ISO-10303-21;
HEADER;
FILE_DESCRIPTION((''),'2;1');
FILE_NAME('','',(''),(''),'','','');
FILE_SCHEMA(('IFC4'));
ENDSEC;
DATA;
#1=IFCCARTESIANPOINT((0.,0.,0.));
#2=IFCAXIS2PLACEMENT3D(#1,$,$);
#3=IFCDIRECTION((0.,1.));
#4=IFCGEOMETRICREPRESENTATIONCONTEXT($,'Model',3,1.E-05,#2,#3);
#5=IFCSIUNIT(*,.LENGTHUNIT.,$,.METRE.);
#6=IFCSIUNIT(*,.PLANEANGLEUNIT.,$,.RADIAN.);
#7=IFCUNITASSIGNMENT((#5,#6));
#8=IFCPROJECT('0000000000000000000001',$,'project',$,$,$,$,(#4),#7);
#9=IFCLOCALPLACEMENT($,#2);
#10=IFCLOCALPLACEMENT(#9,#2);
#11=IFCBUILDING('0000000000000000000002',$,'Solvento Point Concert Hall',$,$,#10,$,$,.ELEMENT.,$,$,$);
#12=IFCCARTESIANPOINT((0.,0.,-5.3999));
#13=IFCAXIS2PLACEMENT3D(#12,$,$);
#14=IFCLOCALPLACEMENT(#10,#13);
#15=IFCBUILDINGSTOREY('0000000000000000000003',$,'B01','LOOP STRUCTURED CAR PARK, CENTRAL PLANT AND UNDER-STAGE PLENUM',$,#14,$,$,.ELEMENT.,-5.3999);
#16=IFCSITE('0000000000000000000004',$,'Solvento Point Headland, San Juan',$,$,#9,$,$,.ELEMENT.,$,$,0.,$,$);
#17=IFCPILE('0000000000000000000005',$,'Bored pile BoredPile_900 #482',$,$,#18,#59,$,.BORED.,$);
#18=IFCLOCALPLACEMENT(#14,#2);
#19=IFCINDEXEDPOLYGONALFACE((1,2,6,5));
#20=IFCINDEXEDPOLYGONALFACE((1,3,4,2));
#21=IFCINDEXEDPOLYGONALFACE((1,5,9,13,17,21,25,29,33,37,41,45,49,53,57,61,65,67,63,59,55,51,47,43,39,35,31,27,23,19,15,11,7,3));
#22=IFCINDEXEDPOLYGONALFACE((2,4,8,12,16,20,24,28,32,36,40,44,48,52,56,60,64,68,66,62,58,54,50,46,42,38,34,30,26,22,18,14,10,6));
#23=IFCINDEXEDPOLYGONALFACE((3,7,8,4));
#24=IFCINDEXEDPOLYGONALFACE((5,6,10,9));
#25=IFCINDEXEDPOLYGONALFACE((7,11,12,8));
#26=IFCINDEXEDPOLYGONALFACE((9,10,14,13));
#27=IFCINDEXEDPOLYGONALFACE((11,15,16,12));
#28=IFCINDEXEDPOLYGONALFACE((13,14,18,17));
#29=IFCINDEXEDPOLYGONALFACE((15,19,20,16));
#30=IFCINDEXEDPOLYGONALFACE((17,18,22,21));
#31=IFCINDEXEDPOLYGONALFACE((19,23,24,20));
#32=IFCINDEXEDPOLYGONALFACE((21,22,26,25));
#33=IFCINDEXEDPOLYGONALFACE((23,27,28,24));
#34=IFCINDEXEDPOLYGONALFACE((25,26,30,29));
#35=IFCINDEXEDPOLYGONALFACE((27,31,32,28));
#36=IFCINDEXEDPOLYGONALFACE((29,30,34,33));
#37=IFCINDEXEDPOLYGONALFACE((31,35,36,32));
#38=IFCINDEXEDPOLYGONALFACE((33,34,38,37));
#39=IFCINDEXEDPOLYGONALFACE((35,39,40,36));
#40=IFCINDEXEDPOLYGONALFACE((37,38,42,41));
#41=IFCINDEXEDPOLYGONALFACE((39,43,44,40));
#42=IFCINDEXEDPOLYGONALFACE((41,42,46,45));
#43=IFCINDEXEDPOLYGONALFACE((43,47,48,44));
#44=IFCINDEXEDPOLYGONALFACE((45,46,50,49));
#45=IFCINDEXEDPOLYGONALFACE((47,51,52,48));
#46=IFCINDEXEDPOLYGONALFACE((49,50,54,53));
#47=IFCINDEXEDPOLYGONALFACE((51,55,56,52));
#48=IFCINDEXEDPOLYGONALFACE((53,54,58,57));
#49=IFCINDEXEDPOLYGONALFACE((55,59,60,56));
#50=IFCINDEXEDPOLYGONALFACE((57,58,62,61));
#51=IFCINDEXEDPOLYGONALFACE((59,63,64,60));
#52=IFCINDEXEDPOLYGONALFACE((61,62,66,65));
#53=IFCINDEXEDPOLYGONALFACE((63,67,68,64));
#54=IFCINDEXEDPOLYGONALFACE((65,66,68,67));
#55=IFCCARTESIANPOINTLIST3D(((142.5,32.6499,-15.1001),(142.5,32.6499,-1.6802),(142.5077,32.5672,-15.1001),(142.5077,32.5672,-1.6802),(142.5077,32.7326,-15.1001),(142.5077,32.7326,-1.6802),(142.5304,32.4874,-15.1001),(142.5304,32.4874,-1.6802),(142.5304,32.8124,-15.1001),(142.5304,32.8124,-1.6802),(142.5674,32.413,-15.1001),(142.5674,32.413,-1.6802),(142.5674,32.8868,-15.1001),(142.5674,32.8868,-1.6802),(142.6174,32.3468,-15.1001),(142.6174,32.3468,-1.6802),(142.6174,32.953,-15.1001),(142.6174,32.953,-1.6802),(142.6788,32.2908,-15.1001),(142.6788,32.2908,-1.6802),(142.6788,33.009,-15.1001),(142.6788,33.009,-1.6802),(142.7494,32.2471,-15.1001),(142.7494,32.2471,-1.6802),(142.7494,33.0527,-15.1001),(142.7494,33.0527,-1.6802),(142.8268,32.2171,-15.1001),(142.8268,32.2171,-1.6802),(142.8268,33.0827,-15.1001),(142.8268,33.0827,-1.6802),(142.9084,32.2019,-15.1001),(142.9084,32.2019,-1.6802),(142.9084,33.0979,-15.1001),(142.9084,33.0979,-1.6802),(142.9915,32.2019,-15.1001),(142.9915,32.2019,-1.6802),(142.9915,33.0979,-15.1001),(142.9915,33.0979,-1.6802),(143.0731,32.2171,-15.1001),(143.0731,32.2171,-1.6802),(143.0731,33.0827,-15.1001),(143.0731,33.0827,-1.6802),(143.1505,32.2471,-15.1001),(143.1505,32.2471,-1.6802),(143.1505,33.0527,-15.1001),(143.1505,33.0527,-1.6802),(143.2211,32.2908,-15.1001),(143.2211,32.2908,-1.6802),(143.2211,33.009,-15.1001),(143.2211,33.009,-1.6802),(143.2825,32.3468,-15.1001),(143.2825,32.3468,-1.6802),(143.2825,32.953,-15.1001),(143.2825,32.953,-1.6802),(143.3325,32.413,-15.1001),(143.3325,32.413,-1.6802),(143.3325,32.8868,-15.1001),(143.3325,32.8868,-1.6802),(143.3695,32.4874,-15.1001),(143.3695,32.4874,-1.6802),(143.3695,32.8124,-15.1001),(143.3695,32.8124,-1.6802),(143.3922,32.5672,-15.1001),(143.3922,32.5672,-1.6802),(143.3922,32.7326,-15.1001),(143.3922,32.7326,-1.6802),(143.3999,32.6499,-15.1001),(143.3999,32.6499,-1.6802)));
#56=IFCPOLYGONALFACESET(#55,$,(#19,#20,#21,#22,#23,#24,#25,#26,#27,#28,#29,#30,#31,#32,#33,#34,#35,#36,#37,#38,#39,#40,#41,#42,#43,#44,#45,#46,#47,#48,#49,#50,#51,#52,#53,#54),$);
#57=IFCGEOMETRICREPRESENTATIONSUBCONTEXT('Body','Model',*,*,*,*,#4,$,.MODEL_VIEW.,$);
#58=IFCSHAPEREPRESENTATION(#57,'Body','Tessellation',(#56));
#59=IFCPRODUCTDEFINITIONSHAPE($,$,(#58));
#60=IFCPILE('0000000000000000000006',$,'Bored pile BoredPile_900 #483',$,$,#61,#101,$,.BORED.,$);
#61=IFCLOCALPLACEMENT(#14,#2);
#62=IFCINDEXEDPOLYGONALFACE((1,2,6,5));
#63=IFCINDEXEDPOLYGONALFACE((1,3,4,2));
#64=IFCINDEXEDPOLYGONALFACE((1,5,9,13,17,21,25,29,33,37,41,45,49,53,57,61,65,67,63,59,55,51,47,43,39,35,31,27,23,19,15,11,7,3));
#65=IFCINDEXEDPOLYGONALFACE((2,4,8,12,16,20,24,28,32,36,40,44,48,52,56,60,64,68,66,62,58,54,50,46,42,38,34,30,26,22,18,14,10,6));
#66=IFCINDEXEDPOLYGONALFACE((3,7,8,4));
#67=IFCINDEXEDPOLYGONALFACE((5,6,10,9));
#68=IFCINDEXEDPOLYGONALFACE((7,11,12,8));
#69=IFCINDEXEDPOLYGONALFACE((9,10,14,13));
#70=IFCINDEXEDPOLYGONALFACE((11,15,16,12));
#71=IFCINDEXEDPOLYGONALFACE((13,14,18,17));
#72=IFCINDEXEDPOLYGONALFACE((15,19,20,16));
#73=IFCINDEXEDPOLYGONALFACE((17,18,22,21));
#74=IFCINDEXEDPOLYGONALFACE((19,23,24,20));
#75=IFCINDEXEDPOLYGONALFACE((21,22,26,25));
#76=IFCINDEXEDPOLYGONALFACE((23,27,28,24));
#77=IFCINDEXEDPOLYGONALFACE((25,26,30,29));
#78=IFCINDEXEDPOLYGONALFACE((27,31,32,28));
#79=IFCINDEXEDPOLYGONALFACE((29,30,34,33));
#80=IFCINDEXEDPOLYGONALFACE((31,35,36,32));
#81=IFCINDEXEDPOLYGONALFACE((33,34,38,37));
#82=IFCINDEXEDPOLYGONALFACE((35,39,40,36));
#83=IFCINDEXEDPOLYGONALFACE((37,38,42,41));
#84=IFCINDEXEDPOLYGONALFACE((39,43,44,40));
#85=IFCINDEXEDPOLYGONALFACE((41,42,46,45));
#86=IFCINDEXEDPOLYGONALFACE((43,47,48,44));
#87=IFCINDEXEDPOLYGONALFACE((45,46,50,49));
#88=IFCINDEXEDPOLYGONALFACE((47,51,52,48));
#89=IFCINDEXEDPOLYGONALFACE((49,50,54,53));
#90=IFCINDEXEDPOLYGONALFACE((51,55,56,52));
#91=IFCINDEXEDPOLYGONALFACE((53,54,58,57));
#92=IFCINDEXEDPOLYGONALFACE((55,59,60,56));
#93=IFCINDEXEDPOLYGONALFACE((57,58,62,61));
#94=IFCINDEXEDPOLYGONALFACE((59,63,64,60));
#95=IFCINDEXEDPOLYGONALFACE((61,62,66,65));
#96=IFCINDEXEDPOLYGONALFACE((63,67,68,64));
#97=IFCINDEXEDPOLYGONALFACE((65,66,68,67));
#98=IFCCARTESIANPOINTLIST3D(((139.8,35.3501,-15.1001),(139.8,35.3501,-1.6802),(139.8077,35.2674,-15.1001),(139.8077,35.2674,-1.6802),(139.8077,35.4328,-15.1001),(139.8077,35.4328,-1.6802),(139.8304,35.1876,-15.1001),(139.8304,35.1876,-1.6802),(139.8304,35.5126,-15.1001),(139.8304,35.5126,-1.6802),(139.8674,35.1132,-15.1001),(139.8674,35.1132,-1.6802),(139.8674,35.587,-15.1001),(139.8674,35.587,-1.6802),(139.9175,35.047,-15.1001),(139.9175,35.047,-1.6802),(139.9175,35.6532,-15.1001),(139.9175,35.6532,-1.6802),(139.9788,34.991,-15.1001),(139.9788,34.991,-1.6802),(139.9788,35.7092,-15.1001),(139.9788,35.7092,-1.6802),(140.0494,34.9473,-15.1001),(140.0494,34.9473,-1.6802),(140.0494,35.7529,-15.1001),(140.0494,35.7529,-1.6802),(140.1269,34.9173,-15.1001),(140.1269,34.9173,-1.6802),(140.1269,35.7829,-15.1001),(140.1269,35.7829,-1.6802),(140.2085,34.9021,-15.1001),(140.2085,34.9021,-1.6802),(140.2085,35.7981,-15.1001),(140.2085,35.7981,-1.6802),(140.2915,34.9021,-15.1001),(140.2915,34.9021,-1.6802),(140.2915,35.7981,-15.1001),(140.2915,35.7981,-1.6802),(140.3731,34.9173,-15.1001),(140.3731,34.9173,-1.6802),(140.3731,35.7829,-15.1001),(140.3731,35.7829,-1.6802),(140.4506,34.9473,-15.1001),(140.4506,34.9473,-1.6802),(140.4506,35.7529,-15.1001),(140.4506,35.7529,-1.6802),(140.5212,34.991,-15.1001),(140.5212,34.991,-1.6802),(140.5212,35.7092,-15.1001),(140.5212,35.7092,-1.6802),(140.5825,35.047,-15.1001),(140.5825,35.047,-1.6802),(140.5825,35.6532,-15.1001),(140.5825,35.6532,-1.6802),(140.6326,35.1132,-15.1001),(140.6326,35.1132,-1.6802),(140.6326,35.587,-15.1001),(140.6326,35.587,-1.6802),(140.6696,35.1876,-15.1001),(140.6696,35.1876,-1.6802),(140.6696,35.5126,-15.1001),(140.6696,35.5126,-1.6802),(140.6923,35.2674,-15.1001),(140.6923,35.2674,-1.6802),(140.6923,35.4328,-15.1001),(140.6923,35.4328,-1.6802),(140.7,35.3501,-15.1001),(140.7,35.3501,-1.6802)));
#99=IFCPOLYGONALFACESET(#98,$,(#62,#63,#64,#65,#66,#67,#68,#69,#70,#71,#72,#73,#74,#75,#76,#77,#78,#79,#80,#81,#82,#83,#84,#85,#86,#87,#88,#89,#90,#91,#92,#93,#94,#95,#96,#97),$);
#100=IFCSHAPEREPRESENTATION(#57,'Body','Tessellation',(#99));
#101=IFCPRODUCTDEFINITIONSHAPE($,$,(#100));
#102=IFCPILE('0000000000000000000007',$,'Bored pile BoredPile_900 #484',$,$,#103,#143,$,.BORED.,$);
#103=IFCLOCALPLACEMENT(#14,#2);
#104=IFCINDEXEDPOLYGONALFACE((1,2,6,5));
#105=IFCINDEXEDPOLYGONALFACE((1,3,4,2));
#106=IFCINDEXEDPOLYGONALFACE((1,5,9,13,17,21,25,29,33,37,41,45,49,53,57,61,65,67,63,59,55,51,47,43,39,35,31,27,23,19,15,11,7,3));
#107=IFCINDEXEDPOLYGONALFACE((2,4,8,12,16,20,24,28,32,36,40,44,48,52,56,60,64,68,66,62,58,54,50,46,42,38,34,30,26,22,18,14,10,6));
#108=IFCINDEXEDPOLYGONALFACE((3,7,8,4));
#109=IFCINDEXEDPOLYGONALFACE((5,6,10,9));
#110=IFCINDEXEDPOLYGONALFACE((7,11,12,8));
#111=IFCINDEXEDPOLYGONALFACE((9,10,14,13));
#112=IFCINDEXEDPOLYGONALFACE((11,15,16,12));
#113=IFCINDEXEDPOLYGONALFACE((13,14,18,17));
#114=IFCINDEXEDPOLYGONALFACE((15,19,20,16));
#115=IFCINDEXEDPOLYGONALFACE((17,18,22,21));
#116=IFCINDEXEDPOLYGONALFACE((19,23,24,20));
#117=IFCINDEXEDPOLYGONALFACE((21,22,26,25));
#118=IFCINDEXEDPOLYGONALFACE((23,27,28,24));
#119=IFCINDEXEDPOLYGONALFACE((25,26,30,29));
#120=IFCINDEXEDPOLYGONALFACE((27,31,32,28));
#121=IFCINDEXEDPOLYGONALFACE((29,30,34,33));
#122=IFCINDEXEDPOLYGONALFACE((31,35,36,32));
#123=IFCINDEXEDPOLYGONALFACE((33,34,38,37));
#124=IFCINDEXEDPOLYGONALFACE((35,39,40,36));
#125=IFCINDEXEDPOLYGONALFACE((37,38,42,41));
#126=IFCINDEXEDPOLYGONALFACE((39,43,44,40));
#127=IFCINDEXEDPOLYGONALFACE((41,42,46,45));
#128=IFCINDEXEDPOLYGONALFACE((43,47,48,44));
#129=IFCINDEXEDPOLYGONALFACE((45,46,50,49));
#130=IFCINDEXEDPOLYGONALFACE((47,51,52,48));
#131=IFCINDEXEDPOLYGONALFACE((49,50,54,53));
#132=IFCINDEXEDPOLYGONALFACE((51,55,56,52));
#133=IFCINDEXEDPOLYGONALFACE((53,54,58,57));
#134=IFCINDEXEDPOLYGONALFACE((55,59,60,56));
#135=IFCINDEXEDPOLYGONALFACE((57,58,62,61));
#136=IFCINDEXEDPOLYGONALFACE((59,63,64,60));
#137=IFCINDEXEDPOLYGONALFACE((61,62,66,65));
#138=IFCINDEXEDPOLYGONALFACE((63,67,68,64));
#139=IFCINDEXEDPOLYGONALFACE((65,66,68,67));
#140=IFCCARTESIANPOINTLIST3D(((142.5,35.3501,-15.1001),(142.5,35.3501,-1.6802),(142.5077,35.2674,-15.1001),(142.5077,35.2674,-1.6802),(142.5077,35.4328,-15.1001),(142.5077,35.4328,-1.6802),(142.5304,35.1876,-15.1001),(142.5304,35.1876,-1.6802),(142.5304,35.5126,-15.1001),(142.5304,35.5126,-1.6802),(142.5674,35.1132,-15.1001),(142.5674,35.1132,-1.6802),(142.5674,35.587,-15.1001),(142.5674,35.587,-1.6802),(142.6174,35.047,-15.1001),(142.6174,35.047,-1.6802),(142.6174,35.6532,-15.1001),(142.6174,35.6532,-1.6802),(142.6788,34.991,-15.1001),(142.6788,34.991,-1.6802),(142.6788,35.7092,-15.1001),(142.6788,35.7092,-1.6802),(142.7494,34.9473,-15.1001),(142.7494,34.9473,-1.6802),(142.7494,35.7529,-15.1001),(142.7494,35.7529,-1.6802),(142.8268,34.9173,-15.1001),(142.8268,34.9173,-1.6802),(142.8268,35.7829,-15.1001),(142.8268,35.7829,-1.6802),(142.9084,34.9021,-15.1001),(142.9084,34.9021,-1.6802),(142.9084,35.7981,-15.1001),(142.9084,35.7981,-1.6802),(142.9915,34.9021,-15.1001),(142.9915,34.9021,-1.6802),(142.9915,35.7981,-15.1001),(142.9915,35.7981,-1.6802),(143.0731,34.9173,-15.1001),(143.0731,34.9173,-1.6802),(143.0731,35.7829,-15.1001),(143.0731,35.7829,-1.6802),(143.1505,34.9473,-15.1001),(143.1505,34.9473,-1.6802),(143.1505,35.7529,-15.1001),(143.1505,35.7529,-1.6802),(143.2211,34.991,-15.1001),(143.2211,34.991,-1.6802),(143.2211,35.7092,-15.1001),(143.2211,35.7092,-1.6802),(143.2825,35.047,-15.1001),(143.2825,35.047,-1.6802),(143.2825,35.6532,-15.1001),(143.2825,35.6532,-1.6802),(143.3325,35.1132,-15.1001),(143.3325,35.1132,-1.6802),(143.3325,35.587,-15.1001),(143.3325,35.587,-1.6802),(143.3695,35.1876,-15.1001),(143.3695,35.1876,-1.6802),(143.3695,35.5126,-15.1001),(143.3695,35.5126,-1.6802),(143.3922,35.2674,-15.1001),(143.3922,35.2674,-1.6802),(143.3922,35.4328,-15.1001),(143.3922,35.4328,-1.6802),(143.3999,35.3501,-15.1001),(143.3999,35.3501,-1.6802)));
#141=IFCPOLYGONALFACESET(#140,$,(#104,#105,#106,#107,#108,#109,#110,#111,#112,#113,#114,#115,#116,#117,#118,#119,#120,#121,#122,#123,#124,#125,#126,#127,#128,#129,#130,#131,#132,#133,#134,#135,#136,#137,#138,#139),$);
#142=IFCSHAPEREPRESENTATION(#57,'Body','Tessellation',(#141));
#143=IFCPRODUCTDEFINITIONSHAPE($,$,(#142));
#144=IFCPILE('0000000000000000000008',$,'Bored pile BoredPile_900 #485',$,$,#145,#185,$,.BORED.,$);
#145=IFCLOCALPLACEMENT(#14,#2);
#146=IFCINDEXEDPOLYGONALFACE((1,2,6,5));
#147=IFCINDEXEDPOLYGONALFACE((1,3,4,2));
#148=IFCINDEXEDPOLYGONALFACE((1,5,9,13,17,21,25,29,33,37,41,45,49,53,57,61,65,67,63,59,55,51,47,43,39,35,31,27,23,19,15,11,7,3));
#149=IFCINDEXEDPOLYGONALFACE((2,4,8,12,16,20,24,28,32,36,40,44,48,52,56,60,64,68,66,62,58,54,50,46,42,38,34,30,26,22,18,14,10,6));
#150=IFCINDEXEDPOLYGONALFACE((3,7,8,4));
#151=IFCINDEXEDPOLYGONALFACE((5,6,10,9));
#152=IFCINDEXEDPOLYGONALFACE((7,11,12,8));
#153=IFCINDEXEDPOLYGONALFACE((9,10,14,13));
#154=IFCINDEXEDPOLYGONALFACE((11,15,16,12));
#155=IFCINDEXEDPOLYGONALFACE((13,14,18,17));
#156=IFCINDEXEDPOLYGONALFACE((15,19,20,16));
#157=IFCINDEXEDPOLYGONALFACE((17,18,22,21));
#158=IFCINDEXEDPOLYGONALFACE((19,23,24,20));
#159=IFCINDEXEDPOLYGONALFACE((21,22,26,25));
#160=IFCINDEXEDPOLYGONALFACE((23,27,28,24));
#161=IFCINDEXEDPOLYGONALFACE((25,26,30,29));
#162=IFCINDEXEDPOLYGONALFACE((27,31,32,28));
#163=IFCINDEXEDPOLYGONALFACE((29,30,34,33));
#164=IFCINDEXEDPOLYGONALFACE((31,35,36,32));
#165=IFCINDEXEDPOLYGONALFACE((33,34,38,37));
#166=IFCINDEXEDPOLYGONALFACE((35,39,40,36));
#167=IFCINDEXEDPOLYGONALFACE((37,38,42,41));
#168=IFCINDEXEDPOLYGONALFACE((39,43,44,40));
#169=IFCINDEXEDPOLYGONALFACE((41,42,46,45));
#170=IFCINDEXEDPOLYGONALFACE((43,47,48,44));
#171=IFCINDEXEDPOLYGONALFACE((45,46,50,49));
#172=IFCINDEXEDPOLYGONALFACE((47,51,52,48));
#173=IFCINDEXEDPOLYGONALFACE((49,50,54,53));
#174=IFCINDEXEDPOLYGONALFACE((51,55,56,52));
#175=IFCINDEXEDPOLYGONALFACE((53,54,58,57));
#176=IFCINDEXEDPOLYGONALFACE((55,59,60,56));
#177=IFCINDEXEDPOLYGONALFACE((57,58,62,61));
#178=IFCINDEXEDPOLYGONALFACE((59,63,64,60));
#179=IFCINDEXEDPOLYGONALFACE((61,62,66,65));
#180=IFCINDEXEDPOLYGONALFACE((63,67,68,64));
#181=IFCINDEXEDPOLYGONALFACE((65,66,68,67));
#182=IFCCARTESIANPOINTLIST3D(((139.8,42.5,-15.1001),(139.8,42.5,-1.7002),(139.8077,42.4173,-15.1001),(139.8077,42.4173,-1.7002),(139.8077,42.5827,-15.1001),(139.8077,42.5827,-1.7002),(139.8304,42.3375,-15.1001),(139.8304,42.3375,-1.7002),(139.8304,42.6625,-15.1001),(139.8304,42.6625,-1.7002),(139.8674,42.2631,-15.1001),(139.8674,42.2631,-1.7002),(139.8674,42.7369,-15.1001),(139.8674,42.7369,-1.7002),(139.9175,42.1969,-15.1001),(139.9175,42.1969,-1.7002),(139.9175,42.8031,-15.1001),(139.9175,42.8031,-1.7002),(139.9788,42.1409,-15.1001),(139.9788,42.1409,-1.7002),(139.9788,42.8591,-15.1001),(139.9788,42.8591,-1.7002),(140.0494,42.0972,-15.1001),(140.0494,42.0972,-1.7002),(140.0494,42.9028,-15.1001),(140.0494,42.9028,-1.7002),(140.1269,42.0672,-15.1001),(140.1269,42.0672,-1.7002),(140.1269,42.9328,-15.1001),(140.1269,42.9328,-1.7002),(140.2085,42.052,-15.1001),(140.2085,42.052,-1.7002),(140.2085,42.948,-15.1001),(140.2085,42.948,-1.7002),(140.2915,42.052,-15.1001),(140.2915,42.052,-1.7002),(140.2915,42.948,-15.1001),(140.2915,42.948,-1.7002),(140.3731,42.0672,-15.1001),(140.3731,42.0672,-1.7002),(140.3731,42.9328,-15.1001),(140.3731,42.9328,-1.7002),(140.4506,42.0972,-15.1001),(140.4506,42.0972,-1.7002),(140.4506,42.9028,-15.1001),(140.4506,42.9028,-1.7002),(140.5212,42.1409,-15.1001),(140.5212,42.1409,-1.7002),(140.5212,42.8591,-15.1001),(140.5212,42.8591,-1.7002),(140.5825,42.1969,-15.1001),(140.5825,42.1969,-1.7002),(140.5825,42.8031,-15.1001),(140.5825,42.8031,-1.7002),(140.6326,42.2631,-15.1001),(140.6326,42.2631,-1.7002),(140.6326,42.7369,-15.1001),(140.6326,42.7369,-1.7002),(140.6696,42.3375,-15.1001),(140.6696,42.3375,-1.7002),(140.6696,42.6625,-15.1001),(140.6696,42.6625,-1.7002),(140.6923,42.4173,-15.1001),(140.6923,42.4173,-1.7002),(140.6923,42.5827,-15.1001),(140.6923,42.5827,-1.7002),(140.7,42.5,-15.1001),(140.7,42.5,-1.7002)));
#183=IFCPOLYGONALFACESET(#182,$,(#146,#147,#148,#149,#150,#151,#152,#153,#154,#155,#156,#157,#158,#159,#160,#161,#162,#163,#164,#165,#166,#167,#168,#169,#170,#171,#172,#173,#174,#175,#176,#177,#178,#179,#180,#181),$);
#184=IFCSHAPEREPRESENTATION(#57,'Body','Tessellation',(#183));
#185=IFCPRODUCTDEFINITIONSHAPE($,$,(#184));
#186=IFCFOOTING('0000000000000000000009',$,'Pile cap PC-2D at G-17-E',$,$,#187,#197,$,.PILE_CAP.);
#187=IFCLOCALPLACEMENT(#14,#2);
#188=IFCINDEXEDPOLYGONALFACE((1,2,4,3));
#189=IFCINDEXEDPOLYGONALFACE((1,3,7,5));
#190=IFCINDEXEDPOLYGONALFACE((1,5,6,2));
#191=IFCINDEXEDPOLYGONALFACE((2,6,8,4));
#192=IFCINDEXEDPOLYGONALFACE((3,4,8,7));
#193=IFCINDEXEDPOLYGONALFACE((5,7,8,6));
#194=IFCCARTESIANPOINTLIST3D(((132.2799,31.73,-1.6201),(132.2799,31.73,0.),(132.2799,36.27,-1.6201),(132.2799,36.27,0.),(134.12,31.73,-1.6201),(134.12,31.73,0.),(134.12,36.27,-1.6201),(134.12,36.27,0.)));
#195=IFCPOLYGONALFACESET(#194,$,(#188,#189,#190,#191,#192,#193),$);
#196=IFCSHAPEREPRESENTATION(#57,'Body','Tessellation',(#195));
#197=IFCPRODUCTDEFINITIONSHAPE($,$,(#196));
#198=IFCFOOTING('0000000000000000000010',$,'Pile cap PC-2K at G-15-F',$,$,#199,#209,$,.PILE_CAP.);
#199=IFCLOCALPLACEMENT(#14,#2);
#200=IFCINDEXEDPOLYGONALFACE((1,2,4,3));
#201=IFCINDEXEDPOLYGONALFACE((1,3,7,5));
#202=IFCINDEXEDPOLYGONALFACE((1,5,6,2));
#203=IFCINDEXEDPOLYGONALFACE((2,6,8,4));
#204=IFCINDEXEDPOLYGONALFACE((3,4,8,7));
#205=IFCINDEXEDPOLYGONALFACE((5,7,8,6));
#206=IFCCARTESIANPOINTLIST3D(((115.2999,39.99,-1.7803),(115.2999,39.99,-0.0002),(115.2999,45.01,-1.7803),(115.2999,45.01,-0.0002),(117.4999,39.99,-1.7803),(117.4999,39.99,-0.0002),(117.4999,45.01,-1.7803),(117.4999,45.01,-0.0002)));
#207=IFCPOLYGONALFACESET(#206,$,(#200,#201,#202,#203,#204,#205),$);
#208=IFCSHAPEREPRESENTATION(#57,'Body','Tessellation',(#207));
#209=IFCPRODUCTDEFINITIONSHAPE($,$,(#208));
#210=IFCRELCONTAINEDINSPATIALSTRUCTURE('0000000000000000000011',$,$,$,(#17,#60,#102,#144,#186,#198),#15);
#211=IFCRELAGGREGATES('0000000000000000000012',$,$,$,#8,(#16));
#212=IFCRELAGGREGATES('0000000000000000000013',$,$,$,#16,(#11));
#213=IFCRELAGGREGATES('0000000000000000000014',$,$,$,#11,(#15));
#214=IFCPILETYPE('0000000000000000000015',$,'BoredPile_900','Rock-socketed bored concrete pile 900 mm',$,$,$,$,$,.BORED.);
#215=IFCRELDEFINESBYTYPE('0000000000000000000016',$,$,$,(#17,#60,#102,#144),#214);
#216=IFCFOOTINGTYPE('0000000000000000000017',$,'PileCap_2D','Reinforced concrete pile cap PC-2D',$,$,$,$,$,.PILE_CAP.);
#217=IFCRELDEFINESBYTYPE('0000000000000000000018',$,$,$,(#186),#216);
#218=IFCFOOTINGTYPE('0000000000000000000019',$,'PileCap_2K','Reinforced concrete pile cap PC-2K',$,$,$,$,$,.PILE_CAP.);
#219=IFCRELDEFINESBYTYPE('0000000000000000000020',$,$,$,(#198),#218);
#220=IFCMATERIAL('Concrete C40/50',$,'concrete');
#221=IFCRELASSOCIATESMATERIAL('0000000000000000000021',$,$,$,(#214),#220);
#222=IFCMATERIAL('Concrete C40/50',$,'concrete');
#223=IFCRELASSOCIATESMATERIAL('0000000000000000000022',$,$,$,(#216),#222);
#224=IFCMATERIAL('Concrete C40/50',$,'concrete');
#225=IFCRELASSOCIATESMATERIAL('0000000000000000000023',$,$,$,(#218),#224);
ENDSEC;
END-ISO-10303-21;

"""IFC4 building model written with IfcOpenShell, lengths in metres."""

from ifc_helpers import new_model, si_unit, direction, frame, origin, origin_2d, place, context, subcontext, project, spatial, rectangle, circle, extrude, material, material_profile, profile_set, type_object, element, save


model = new_model("IFC4")

# Units and contexts
model_context = context("Model", 3, precision=1e-05, world=origin(), true_north=direction((0.0, 1.0)))
body_context = subcontext(model_context, "Body", "Model", "MODEL_VIEW")
ifc_project = project(units=[si_unit("LENGTHUNIT", "METRE"), si_unit("PLANEANGLEUNIT", "RADIAN")], contexts=[model_context])

# Site, building, storey
site_placement = place(None, origin())
site = spatial("IfcSite", under=ifc_project, at=site_placement, Name="Solvento Point Headland, San Juan", CompositionType="ELEMENT", RefElevation=0.0)
building_placement = place(site_placement, origin())
building = spatial("IfcBuilding", under=site, at=building_placement, Name="Solvento Point Concert Hall", CompositionType="ELEMENT")
storey_placement = place(building_placement, frame((0.0, 0.0, -5.3999)))
storey = spatial("IfcBuildingStorey", under=building, at=storey_placement, Name="B01", Description="LOOP STRUCTURED CAR PARK, CENTRAL PLANT AND UNDER-STAGE PLENUM", CompositionType="ELEMENT", Elevation=-5.3999)

# Piles
ifc_material_1 = material(Name="Concrete C40/50", Category="concrete")
ifc_material_profile_1 = material_profile(ifc_material_1, circle(Radius=0.45, at=origin_2d()), Name="BP-900")
ifc_profile_set_1 = profile_set([ifc_material_profile_1], Name="Concrete C40/50")
pile_type_1 = type_object("IfcPileType", Name="BoredPile_900", Description="Rock-socketed bored concrete pile 900 mm", PredefinedType="BORED", material=ifc_profile_set_1)
for number, where, z_axis, x_axis, name in (
    (1, (142.95, 32.6499, -1.6802), (0.0, 0.0, -1.0), (1.0, 0.0, 0.0), "Bored pile BoredPile_900 #482"),
    (2, (140.25, 35.3501, -1.6802), (0.0, 0.0, -1.0), (1.0, 0.0, 0.0), "Bored pile BoredPile_900 #483"),
    (3, (142.95, 35.3501, -1.6802), (0.0, 0.0, -1.0), (1.0, 0.0, 0.0), "Bored pile BoredPile_900 #484"),
):
    element("IfcPile", number, at=place(storey_placement, frame(where, z_axis=z_axis, x_axis=x_axis)), inside=storey, type_object=pile_type_1, Name=name, PredefinedType="BORED", context=body_context, shape_type="SweptSolid", body=[
        extrude(circle(Radius=0.45, at=origin_2d()), origin(), (0.0, 0.0, 1.0), 13.4199),
    ])
pile_1_placement = place(storey_placement, frame((140.25, 42.5, -1.7002), z_axis=(0.0, 0.0, -1.0), x_axis=(1.0, 0.0, 0.0)))
element("IfcPile", 4, at=pile_1_placement, inside=storey, type_object=pile_type_1, Name="Bored pile BoredPile_900 #485", PredefinedType="BORED", context=body_context, shape_type="SweptSolid", body=[
    extrude(circle(Radius=0.45, at=origin_2d()), origin(), (0.0, 0.0, 1.0), 13.3999),
])

# Footings
ifc_material_2 = material(Name="Concrete C40/50", Category="concrete")
footing_type_1 = type_object("IfcFootingType", Name="PileCap_2D", Description="Reinforced concrete pile cap PC-2D", PredefinedType="PILE_CAP", material=ifc_material_2)
footing_1_placement = place(storey_placement, frame((133.2, 34.0, -1.6201), z_axis=(0.0, 0.0, 1.0), x_axis=(1.0, 0.0, 0.0)))
element("IfcFooting", 5, at=footing_1_placement, inside=storey, type_object=footing_type_1, Name="Pile cap PC-2D at G-17-E", PredefinedType="PILE_CAP", context=body_context, shape_type="SweptSolid", body=[
    extrude(rectangle(XDim=1.8401, YDim=4.54, at=origin_2d()), origin(), (0.0, 0.0, 1.0), 1.6201),
])
ifc_material_3 = material(Name="Concrete C40/50", Category="concrete")
footing_type_2 = type_object("IfcFootingType", Name="PileCap_2K", Description="Reinforced concrete pile cap PC-2K", PredefinedType="PILE_CAP", material=ifc_material_3)
footing_2_placement = place(storey_placement, frame((116.3999, 42.5, -1.7803), z_axis=(0.0, 0.0, 1.0), x_axis=(1.0, 0.0, 0.0)))
element("IfcFooting", 6, at=footing_2_placement, inside=storey, type_object=footing_type_2, Name="Pile cap PC-2K at G-15-F", PredefinedType="PILE_CAP", context=body_context, shape_type="SweptSolid", body=[
    extrude(rectangle(XDim=2.2, YDim=5.02, at=origin_2d()), origin(), (0.0, 0.0, 1.0), 1.78),
])

save(model, "model.ifc")
